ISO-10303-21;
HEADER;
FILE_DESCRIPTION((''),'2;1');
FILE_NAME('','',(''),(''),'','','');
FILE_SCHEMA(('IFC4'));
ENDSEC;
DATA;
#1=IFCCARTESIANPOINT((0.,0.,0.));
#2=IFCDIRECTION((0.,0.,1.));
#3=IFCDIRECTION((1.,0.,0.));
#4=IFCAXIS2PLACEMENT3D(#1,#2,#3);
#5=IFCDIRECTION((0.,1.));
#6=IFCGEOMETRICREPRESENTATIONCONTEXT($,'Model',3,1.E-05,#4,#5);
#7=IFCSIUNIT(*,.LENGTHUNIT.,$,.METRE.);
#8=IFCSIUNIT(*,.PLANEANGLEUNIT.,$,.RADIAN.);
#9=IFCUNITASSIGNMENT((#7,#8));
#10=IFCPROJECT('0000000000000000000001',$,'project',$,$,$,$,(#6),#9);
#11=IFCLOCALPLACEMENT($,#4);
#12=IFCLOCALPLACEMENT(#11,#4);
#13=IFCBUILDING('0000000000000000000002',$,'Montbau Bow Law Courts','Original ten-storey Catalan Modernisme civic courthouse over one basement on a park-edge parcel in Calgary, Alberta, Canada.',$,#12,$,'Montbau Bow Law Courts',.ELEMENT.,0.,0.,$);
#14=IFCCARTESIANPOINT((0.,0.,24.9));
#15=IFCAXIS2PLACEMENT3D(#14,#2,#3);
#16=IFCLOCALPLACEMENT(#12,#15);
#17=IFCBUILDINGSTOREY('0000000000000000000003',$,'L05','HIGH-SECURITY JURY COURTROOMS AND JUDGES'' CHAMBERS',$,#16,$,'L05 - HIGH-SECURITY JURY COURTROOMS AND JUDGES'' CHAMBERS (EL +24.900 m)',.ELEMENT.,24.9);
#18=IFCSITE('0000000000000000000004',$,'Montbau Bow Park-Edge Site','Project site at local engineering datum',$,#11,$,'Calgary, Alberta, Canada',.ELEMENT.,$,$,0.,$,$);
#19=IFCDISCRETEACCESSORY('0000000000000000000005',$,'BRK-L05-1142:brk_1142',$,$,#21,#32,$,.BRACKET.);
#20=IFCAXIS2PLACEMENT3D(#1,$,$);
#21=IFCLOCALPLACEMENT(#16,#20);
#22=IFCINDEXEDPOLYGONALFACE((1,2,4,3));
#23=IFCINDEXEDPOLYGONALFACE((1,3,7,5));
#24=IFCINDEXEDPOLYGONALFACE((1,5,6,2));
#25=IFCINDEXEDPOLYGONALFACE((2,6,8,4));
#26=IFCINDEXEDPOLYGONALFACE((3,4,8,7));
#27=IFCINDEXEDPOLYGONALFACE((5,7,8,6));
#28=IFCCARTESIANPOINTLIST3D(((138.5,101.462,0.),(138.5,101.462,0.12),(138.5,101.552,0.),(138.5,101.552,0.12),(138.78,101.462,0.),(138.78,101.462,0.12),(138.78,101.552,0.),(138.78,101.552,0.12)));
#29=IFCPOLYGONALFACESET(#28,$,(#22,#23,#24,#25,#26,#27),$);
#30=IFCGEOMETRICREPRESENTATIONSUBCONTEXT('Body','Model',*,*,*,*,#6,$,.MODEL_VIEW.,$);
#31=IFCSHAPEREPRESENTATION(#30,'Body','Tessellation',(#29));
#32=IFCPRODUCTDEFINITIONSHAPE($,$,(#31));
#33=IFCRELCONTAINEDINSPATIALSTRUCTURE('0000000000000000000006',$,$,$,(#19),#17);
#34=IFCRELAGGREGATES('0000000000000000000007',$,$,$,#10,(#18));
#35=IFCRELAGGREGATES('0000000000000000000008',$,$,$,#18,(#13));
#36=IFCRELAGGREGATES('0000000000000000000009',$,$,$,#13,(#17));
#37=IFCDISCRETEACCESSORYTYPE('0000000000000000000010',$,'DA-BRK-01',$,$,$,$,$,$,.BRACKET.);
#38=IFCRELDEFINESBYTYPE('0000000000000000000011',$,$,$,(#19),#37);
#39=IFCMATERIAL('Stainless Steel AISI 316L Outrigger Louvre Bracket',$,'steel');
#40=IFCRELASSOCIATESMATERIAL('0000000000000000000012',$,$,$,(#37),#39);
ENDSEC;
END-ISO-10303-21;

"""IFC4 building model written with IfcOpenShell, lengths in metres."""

from ifc_helpers import new_model, si_unit, direction, frame, origin_with_axes, origin_2d_with_axis, place, context, subcontext, project, spatial, rectangle, extrude, material, type_object, element, save


model = new_model("IFC4")

# Units and contexts
model_context = context("Model", 3, precision=1e-05, world=origin_with_axes(), true_north=direction((0.0, 1.0)))
body_context = subcontext(model_context, "Body", "Model", "MODEL_VIEW")
ifc_project = project(units=[si_unit("LENGTHUNIT", "METRE"), si_unit("PLANEANGLEUNIT", "RADIAN")], contexts=[model_context])

# Site, building, storey
site_placement = place(None, origin_with_axes())
site = spatial("IfcSite", under=ifc_project, at=site_placement, Name="Montbau Bow Park-Edge Site", Description="Project site at local engineering datum", LongName="Calgary, Alberta, Canada", CompositionType="ELEMENT", RefElevation=0.0)
building_placement = place(site_placement, origin_with_axes())
building = spatial("IfcBuilding", under=site, at=building_placement, Name="Montbau Bow Law Courts", Description="Original ten-storey Catalan Modernisme civic courthouse over one basement on a park-edge parcel in Calgary, Alberta, Canada.", LongName="Montbau Bow Law Courts", CompositionType="ELEMENT", ElevationOfRefHeight=0.0, ElevationOfTerrain=0.0)
storey_placement = place(building_placement, frame((0.0, 0.0, 24.9), z_axis=(0.0, 0.0, 1.0), x_axis=(1.0, 0.0, 0.0)))
storey = spatial("IfcBuildingStorey", under=building, at=storey_placement, Name="L05", Description="HIGH-SECURITY JURY COURTROOMS AND JUDGES' CHAMBERS", LongName="L05 - HIGH-SECURITY JURY COURTROOMS AND JUDGES' CHAMBERS (EL +24.900 m)", CompositionType="ELEMENT", Elevation=24.9)

# Discrete accessory
ifc_material_1 = material(Name="Stainless Steel AISI 316L Outrigger Louvre Bracket", Category="steel")
discrete_accessory_type = type_object("IfcDiscreteAccessoryType", Name="DA-BRK-01", PredefinedType="BRACKET", material=ifc_material_1)
discrete_accessory_placement = place(None, frame((138.64, 101.507, 24.9), z_axis=(0.0, 0.0, 1.0), x_axis=(-1.0, 0.0, 0.0)))
element("IfcDiscreteAccessory", 1, at=discrete_accessory_placement, inside=storey, type_object=discrete_accessory_type, Name="BRK-L05-1142:brk_1142", PredefinedType="BRACKET", context=body_context, shape_type="SweptSolid", body=[
    extrude(rectangle(XDim=0.28, YDim=0.09, at=origin_2d_with_axis()), origin_with_axes(), (0.0, 0.0, 1.0), 0.12),
])

save(model, "model.ifc")
